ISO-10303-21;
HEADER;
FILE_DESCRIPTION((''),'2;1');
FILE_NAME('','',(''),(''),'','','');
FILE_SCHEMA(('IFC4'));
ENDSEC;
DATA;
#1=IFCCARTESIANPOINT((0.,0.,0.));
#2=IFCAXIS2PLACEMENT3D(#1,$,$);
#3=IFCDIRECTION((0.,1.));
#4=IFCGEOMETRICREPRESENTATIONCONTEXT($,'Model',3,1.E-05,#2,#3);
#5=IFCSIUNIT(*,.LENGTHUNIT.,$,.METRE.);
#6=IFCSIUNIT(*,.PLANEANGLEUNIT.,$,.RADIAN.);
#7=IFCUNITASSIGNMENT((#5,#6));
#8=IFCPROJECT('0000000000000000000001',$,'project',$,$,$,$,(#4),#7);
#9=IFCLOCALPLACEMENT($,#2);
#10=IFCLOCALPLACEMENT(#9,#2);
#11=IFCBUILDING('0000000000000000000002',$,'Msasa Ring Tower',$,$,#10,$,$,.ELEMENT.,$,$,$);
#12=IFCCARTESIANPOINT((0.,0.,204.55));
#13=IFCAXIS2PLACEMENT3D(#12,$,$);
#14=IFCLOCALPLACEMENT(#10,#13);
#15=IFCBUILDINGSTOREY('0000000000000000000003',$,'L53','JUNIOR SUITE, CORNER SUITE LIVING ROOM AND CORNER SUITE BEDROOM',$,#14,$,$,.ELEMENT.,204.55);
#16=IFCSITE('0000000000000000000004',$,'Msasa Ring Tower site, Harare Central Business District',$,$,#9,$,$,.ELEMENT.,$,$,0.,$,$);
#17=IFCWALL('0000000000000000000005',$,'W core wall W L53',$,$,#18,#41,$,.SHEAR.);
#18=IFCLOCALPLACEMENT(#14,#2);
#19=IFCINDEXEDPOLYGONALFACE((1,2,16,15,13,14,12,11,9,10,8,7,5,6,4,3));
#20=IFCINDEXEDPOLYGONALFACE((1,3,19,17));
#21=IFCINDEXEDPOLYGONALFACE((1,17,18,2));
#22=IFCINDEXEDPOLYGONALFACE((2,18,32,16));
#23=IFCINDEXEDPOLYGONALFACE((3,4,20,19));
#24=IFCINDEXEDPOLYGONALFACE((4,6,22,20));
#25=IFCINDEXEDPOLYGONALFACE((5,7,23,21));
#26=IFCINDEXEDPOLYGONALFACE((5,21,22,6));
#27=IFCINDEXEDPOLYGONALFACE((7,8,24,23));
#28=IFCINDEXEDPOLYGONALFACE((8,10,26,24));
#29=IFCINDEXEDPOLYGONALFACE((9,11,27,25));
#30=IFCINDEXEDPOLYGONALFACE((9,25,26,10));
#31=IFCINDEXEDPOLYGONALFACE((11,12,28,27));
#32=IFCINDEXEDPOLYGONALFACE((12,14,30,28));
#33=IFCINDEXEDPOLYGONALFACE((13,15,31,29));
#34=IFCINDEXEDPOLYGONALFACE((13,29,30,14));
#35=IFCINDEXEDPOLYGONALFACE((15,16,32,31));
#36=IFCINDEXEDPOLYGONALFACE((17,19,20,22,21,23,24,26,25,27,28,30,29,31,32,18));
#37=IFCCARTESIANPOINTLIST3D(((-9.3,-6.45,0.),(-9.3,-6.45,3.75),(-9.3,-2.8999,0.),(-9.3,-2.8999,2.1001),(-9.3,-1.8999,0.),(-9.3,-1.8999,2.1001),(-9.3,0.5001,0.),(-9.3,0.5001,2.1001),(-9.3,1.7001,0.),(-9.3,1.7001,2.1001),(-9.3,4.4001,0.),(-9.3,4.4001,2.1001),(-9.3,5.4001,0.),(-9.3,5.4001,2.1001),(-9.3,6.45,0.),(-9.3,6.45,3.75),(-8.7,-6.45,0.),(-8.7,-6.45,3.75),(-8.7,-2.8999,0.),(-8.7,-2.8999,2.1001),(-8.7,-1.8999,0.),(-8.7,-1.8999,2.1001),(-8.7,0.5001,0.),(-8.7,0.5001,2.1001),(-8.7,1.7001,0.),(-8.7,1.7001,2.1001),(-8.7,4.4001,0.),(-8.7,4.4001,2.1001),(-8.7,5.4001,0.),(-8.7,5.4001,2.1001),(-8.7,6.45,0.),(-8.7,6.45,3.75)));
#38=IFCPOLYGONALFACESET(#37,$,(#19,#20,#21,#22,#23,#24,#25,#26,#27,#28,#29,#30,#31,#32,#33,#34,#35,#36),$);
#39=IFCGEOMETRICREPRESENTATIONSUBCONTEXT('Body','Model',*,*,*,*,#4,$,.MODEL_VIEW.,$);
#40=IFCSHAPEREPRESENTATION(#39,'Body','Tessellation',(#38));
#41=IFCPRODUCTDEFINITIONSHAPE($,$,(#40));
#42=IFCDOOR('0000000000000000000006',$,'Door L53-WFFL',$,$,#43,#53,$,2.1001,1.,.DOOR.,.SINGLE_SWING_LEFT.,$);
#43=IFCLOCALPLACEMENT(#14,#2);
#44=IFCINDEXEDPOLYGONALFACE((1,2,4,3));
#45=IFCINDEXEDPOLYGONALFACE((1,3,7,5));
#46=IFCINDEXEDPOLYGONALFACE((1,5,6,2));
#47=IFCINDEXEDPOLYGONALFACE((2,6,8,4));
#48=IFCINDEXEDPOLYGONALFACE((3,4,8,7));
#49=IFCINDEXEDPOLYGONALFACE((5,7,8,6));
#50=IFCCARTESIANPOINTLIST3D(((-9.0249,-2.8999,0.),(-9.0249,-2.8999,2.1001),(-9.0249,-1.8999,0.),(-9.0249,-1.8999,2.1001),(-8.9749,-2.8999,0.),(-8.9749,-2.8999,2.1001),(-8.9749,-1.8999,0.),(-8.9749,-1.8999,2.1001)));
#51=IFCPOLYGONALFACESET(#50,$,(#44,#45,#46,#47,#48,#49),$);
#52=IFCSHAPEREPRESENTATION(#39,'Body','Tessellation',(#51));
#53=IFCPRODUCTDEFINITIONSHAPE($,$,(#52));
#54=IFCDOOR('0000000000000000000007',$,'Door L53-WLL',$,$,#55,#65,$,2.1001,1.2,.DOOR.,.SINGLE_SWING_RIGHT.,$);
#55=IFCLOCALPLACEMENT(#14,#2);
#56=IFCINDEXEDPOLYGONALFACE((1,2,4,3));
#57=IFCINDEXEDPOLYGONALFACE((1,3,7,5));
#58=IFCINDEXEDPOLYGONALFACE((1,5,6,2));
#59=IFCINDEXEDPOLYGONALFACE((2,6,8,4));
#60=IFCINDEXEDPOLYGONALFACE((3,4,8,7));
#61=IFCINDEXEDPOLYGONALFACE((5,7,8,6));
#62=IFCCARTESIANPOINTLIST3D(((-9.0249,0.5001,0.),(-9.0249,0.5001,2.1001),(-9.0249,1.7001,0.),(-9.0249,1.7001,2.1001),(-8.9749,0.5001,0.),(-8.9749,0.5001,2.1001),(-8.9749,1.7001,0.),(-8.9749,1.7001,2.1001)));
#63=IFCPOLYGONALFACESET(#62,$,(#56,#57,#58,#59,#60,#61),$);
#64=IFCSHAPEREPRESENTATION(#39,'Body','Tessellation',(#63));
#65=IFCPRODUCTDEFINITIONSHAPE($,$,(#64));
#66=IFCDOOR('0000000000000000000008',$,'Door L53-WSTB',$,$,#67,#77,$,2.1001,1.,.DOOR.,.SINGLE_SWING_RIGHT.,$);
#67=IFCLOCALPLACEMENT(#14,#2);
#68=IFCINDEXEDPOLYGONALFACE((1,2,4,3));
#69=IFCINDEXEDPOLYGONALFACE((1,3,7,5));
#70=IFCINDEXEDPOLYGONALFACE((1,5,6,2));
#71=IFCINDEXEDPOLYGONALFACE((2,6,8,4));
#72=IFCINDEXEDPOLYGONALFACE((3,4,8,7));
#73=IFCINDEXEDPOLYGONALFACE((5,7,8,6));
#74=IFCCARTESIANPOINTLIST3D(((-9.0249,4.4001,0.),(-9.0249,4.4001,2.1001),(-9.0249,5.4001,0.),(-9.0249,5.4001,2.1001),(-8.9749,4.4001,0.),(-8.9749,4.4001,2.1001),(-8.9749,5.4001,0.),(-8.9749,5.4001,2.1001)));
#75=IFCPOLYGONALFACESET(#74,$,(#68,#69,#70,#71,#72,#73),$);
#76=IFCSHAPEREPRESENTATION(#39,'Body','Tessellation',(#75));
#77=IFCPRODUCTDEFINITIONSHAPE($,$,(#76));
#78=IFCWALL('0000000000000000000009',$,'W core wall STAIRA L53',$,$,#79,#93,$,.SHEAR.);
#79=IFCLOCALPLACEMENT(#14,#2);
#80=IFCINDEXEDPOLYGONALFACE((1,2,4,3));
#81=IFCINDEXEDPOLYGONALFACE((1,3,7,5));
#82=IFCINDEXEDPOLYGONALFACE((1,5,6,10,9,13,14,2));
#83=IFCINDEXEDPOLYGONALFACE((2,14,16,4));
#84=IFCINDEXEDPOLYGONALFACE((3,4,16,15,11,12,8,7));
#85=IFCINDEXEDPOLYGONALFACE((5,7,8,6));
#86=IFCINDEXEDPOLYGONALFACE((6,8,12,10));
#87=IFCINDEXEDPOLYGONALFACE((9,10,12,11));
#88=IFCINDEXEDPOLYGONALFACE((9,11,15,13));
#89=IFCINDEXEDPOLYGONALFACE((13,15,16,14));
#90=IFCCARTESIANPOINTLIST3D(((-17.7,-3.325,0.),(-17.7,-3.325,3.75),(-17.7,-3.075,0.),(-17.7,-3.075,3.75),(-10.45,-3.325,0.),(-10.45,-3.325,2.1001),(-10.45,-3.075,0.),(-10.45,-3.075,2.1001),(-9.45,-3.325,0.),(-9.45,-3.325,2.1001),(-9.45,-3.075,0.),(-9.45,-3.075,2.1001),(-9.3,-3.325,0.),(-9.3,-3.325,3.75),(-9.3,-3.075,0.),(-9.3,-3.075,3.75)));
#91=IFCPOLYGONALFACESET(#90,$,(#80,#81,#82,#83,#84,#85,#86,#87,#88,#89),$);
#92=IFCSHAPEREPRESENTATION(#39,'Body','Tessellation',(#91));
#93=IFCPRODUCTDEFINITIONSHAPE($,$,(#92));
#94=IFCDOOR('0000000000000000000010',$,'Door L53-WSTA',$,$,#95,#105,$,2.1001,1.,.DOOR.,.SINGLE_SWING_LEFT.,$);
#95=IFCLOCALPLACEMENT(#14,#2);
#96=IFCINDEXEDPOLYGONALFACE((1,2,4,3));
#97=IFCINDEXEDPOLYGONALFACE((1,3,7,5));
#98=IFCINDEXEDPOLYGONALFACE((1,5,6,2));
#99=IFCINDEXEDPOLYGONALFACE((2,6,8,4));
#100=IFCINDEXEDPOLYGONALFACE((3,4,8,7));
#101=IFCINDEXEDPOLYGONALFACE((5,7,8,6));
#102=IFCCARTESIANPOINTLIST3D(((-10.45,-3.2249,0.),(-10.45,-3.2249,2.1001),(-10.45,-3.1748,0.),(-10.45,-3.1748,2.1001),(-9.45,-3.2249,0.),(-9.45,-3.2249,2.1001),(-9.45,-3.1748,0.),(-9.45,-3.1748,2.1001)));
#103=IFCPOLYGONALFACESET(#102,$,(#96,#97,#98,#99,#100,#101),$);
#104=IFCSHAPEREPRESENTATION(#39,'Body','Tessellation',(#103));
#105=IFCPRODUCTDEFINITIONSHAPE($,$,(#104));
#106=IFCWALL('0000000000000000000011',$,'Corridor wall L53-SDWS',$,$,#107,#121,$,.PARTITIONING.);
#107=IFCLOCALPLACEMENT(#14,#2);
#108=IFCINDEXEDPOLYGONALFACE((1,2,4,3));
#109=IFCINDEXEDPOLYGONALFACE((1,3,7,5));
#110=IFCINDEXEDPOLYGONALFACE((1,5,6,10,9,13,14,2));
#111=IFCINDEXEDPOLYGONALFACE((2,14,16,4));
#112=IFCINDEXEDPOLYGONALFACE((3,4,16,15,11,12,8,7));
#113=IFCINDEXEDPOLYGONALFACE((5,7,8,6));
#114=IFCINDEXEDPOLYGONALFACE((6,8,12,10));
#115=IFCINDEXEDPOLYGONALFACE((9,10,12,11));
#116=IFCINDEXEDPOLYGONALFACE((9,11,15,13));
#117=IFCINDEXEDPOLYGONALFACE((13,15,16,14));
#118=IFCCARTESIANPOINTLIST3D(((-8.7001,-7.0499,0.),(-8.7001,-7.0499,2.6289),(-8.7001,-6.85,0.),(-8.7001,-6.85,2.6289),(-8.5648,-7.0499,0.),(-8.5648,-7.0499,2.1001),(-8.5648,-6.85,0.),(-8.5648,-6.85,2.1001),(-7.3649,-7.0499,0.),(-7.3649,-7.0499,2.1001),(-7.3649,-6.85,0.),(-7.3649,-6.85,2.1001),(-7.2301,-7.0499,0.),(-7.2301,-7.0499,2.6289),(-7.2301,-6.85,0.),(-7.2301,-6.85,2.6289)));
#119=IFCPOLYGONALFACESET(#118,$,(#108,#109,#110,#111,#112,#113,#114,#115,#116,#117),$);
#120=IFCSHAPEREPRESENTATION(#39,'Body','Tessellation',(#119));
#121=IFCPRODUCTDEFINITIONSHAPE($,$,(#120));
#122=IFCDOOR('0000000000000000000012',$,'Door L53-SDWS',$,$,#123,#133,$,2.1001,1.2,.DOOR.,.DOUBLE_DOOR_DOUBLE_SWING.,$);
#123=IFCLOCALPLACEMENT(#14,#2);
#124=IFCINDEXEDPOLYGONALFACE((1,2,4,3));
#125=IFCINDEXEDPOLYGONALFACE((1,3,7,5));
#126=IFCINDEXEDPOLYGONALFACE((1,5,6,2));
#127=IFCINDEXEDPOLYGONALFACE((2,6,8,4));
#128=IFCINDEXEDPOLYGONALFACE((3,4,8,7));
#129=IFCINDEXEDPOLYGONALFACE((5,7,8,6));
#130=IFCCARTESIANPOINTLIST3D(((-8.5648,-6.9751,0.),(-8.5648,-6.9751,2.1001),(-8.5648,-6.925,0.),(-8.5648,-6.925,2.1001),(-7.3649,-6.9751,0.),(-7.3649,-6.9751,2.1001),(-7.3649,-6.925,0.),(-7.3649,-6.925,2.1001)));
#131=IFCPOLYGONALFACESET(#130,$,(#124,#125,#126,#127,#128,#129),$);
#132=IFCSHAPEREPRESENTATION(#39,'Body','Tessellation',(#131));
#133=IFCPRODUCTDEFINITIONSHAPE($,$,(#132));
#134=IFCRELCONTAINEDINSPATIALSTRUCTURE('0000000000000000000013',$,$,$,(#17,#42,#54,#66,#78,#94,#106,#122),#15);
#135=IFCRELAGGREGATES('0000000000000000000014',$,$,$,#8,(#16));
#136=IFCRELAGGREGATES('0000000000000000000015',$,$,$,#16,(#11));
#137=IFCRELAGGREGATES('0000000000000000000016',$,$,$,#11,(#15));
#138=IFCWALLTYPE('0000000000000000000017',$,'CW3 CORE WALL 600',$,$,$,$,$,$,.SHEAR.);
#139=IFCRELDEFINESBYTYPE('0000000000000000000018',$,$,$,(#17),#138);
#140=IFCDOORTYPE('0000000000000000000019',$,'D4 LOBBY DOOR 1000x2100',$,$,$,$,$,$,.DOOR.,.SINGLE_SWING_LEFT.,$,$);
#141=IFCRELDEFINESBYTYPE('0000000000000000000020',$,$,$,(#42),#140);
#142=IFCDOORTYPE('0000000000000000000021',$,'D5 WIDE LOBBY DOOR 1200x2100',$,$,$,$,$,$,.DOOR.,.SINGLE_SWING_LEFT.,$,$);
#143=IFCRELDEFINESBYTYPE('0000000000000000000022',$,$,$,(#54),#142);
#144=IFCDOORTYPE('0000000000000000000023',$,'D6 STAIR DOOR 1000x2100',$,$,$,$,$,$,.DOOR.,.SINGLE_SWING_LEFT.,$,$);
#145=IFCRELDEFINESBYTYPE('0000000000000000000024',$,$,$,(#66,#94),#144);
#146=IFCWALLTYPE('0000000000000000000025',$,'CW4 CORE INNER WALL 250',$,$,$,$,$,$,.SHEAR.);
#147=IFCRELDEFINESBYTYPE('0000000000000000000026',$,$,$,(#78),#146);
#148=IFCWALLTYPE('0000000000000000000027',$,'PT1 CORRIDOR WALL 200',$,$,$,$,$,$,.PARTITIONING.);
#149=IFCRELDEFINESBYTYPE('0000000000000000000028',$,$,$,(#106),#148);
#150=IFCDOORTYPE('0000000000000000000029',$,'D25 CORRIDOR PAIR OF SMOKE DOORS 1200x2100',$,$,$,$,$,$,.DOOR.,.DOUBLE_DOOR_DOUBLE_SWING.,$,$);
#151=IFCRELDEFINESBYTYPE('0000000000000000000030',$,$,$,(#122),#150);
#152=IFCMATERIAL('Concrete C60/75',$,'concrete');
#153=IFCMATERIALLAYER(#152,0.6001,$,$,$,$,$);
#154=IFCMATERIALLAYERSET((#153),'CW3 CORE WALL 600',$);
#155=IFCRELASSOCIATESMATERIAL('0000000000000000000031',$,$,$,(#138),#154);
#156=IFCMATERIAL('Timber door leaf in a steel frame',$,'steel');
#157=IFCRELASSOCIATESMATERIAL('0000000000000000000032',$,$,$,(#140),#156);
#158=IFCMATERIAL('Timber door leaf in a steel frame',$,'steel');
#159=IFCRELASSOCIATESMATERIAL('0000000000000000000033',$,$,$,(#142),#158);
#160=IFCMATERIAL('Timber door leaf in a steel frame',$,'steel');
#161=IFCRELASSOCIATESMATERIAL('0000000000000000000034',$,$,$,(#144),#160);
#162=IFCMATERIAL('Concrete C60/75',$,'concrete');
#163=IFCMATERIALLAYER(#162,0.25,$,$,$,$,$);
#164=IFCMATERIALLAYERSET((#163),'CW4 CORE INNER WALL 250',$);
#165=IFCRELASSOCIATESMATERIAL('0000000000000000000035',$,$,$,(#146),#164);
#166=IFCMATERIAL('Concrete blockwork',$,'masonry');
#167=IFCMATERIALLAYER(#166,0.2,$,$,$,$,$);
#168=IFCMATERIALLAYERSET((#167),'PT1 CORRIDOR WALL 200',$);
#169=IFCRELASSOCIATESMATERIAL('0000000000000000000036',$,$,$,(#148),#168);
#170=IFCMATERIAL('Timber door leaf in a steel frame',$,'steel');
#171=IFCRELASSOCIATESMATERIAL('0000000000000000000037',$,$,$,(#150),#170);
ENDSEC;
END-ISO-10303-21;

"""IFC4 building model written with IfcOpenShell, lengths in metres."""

from ifc_helpers import new_model, si_unit, direction, frame, frame_2d, origin, place, context, subcontext, project, spatial, rectangle, extrude, material, layer, layer_set, type_object, element, fill, save


model = new_model("IFC4")

# Units and contexts
model_context = context("Model", 3, precision=1e-05, world=origin(), true_north=direction((0.0, 1.0)))
body_context = subcontext(model_context, "Body", "Model", "MODEL_VIEW")
ifc_project = project(units=[si_unit("LENGTHUNIT", "METRE"), si_unit("PLANEANGLEUNIT", "RADIAN")], contexts=[model_context])

# Site, building, storey
site_placement = place(None, origin())
site = spatial("IfcSite", under=ifc_project, at=site_placement, Name="Msasa Ring Tower site, Harare Central Business District", CompositionType="ELEMENT", RefElevation=0.0)
building_placement = place(site_placement, origin())
building = spatial("IfcBuilding", under=site, at=building_placement, Name="Msasa Ring Tower", CompositionType="ELEMENT")
storey_placement = place(building_placement, frame((0.0, 0.0, 204.55)))
storey = spatial("IfcBuildingStorey", under=building, at=storey_placement, Name="L53", Description="JUNIOR SUITE, CORNER SUITE LIVING ROOM AND CORNER SUITE BEDROOM", CompositionType="ELEMENT", Elevation=204.55)

# Shared definitions
ifc_material_1 = material(Name="Concrete C60/75", Category="concrete")
ifc_layer_1 = layer(ifc_material_1, 0.6001)
ifc_layer_set_1 = layer_set([ifc_layer_1], Name="CW3 CORE WALL 600")
wall_type_1 = type_object("IfcWallType", Name="CW3 CORE WALL 600", PredefinedType="SHEAR", material=ifc_layer_set_1)

# Wall, openings, doors
wall_1_placement = place(storey_placement, frame((-9.0, -6.45, 0.0), z_axis=(0.0, 0.0, 1.0), x_axis=(0.0, 1.0, 0.0)))
wall_1 = element("IfcWall", 1, at=wall_1_placement, inside=storey, type_object=wall_type_1, Name="W core wall W L53", PredefinedType="SHEAR", context=body_context, shape_type="SweptSolid", body=[
    extrude(rectangle(XDim=12.8999, YDim=0.6001, at=frame_2d((6.45, 0.0))), origin(), (0.0, 0.0, 1.0), 3.75),
])
opening_1_placement = place(wall_1_placement, frame((3.55, 0.0, 0.0)))
opening_1 = element("IfcOpeningElement", 2, at=opening_1_placement, cuts=wall_1, PredefinedType="OPENING", context=body_context, shape_type="SweptSolid", body=[
    extrude(rectangle(XDim=1.0, YDim=2.1001, at=frame_2d((0.5, 1.05))), frame((0.0, 0.3101, 0.0), z_axis=(0.0, -1.0, 0.0), x_axis=(1.0, 0.0, 0.0)), (0.0, 0.0, 1.0), 0.6201),
])
opening_2_placement = place(wall_1_placement, frame((6.95, 0.0, 0.0)))
opening_2 = element("IfcOpeningElement", 3, at=opening_2_placement, cuts=wall_1, PredefinedType="OPENING", context=body_context, shape_type="SweptSolid", body=[
    extrude(rectangle(XDim=1.2, YDim=2.1001, at=frame_2d((0.6001, 1.05))), frame((0.0, 0.3101, 0.0), z_axis=(0.0, -1.0, 0.0), x_axis=(1.0, 0.0, 0.0)), (0.0, 0.0, 1.0), 0.6201),
])
opening_3_placement = place(wall_1_placement, frame((10.8501, 0.0, 0.0)))
opening_3 = element("IfcOpeningElement", 4, at=opening_3_placement, cuts=wall_1, PredefinedType="OPENING", context=body_context, shape_type="SweptSolid", body=[
    extrude(rectangle(XDim=1.0, YDim=2.1001, at=frame_2d((0.5, 1.05))), frame((0.0, 0.3101, 0.0), z_axis=(0.0, -1.0, 0.0), x_axis=(1.0, 0.0, 0.0)), (0.0, 0.0, 1.0), 0.6201),
])
ifc_material_2 = material(Name="Timber door leaf in a steel frame", Category="steel")
door_type_1 = type_object("IfcDoorType", Name="D4 LOBBY DOOR 1000x2100", OperationType="SINGLE_SWING_LEFT", PredefinedType="DOOR", material=ifc_material_2)
door_1_placement = place(opening_1_placement, origin())
door_1 = element("IfcDoor", 5, at=door_1_placement, inside=storey, type_object=door_type_1, Name="Door L53-WFFL", OperationType="SINGLE_SWING_LEFT", OverallHeight=2.1001, OverallWidth=1.0, PredefinedType="DOOR", context=body_context, shape_type="SweptSolid", body=[
    extrude(rectangle(XDim=1.0, YDim=2.1001, at=frame_2d((0.5, 1.05))), frame((0.0, 0.0249, 0.0), z_axis=(0.0, -1.0, 0.0), x_axis=(1.0, 0.0, 0.0)), (0.0, 0.0, 1.0), 0.05),
])
fill(opening_1, door_1)
ifc_material_3 = material(Name="Timber door leaf in a steel frame", Category="steel")
door_type_2 = type_object("IfcDoorType", Name="D5 WIDE LOBBY DOOR 1200x2100", OperationType="SINGLE_SWING_LEFT", PredefinedType="DOOR", material=ifc_material_3)
door_2_placement = place(opening_2_placement, origin())
door_2 = element("IfcDoor", 6, at=door_2_placement, inside=storey, type_object=door_type_2, Name="Door L53-WLL", OperationType="SINGLE_SWING_RIGHT", OverallHeight=2.1001, OverallWidth=1.2, PredefinedType="DOOR", context=body_context, shape_type="SweptSolid", body=[
    extrude(rectangle(XDim=1.2, YDim=2.1001, at=frame_2d((0.6001, 1.05))), frame((0.0, 0.0249, 0.0), z_axis=(0.0, -1.0, 0.0), x_axis=(1.0, 0.0, 0.0)), (0.0, 0.0, 1.0), 0.05),
])
fill(opening_2, door_2)
ifc_material_4 = material(Name="Timber door leaf in a steel frame", Category="steel")
door_type_3 = type_object("IfcDoorType", Name="D6 STAIR DOOR 1000x2100", OperationType="SINGLE_SWING_LEFT", PredefinedType="DOOR", material=ifc_material_4)
door_3_placement = place(opening_3_placement, origin())
door_3 = element("IfcDoor", 7, at=door_3_placement, inside=storey, type_object=door_type_3, Name="Door L53-WSTB", OperationType="SINGLE_SWING_RIGHT", OverallHeight=2.1001, OverallWidth=1.0, PredefinedType="DOOR", context=body_context, shape_type="SweptSolid", body=[
    extrude(rectangle(XDim=1.0, YDim=2.1001, at=frame_2d((0.5, 1.05))), frame((0.0, 0.0249, 0.0), z_axis=(0.0, -1.0, 0.0), x_axis=(1.0, 0.0, 0.0)), (0.0, 0.0, 1.0), 0.05),
])
fill(opening_3, door_3)

# Walls, openings, doors
ifc_material_5 = material(Name="Concrete C60/75", Category="concrete")
ifc_layer_2 = layer(ifc_material_5, 0.25)
ifc_layer_set_2 = layer_set([ifc_layer_2], Name="CW4 CORE INNER WALL 250")
wall_type_2 = type_object("IfcWallType", Name="CW4 CORE INNER WALL 250", PredefinedType="SHEAR", material=ifc_layer_set_2)
wall_2_placement = place(storey_placement, frame((-9.3, -3.2, 0.0), z_axis=(0.0, 0.0, 1.0), x_axis=(-1.0, 0.0, 0.0)))
wall_2 = element("IfcWall", 8, at=wall_2_placement, inside=storey, type_object=wall_type_2, Name="W core wall STAIRA L53", PredefinedType="SHEAR", context=body_context, shape_type="SweptSolid", body=[
    extrude(rectangle(XDim=8.3999, YDim=0.25, at=frame_2d((4.2, 0.0))), origin(), (0.0, 0.0, 1.0), 3.75),
])
opening_4_placement = place(wall_2_placement, frame((0.1499, 0.0, 0.0)))
opening_4 = element("IfcOpeningElement", 9, at=opening_4_placement, cuts=wall_2, PredefinedType="OPENING", context=body_context, shape_type="SweptSolid", body=[
    extrude(rectangle(XDim=1.0, YDim=2.1001, at=frame_2d((0.5, 1.05))), frame((0.0, 0.135, 0.0), z_axis=(0.0, -1.0, 0.0), x_axis=(1.0, 0.0, 0.0)), (0.0, 0.0, 1.0), 0.27),
])
door_4_placement = place(opening_4_placement, origin())
door_4 = element("IfcDoor", 10, at=door_4_placement, inside=storey, type_object=door_type_3, Name="Door L53-WSTA", OperationType="SINGLE_SWING_LEFT", OverallHeight=2.1001, OverallWidth=1.0, PredefinedType="DOOR", context=body_context, shape_type="SweptSolid", body=[
    extrude(rectangle(XDim=1.0, YDim=2.1001, at=frame_2d((0.5, 1.05))), frame((0.0, 0.0249, 0.0), z_axis=(0.0, -1.0, 0.0), x_axis=(1.0, 0.0, 0.0)), (0.0, 0.0, 1.0), 0.05),
])
fill(opening_4, door_4)
ifc_material_6 = material(Name="Concrete blockwork", Category="masonry")
ifc_layer_3 = layer(ifc_material_6, 0.2)
ifc_layer_set_3 = layer_set([ifc_layer_3], Name="PT1 CORRIDOR WALL 200")
wall_type_3 = type_object("IfcWallType", Name="PT1 CORRIDOR WALL 200", PredefinedType="PARTITIONING", material=ifc_layer_set_3)
wall_3_placement = place(storey_placement, frame((-8.7, -6.95, 0.0), z_axis=(0.0, 0.0, 1.0), x_axis=(1.0, 0.0, 0.0)))
wall_3 = element("IfcWall", 11, at=wall_3_placement, inside=storey, type_object=wall_type_3, Name="Corridor wall L53-SDWS", PredefinedType="PARTITIONING", context=body_context, shape_type="SweptSolid", body=[
    extrude(rectangle(XDim=1.47, YDim=0.2, at=frame_2d((0.7349, 0.0))), origin(), (0.0, 0.0, 1.0), 2.6289),
])
opening_5_placement = place(wall_3_placement, frame((0.135, 0.0, 0.0)))
opening_5 = element("IfcOpeningElement", 12, at=opening_5_placement, cuts=wall_3, PredefinedType="OPENING", context=body_context, shape_type="SweptSolid", body=[
    extrude(rectangle(XDim=1.2, YDim=2.1001, at=frame_2d((0.6001, 1.05))), frame((0.0, 0.1099, 0.0), z_axis=(0.0, -1.0, 0.0), x_axis=(1.0, 0.0, 0.0)), (0.0, 0.0, 1.0), 0.22),
])
ifc_material_7 = material(Name="Timber door leaf in a steel frame", Category="steel")
door_type_4 = type_object("IfcDoorType", Name="D25 CORRIDOR PAIR OF SMOKE DOORS 1200x2100", OperationType="DOUBLE_DOOR_DOUBLE_SWING", PredefinedType="DOOR", material=ifc_material_7)
door_5_placement = place(opening_5_placement, origin())
door_5 = element("IfcDoor", 13, at=door_5_placement, inside=storey, type_object=door_type_4, Name="Door L53-SDWS", OperationType="DOUBLE_DOOR_DOUBLE_SWING", OverallHeight=2.1001, OverallWidth=1.2, PredefinedType="DOOR", context=body_context, shape_type="SweptSolid", body=[
    extrude(rectangle(XDim=1.2, YDim=2.1001, at=frame_2d((0.6001, 1.05))), frame((0.0, 0.0249, 0.0), z_axis=(0.0, -1.0, 0.0), x_axis=(1.0, 0.0, 0.0)), (0.0, 0.0, 1.0), 0.05),
])
fill(opening_5, door_5)

save(model, "model.ifc")
